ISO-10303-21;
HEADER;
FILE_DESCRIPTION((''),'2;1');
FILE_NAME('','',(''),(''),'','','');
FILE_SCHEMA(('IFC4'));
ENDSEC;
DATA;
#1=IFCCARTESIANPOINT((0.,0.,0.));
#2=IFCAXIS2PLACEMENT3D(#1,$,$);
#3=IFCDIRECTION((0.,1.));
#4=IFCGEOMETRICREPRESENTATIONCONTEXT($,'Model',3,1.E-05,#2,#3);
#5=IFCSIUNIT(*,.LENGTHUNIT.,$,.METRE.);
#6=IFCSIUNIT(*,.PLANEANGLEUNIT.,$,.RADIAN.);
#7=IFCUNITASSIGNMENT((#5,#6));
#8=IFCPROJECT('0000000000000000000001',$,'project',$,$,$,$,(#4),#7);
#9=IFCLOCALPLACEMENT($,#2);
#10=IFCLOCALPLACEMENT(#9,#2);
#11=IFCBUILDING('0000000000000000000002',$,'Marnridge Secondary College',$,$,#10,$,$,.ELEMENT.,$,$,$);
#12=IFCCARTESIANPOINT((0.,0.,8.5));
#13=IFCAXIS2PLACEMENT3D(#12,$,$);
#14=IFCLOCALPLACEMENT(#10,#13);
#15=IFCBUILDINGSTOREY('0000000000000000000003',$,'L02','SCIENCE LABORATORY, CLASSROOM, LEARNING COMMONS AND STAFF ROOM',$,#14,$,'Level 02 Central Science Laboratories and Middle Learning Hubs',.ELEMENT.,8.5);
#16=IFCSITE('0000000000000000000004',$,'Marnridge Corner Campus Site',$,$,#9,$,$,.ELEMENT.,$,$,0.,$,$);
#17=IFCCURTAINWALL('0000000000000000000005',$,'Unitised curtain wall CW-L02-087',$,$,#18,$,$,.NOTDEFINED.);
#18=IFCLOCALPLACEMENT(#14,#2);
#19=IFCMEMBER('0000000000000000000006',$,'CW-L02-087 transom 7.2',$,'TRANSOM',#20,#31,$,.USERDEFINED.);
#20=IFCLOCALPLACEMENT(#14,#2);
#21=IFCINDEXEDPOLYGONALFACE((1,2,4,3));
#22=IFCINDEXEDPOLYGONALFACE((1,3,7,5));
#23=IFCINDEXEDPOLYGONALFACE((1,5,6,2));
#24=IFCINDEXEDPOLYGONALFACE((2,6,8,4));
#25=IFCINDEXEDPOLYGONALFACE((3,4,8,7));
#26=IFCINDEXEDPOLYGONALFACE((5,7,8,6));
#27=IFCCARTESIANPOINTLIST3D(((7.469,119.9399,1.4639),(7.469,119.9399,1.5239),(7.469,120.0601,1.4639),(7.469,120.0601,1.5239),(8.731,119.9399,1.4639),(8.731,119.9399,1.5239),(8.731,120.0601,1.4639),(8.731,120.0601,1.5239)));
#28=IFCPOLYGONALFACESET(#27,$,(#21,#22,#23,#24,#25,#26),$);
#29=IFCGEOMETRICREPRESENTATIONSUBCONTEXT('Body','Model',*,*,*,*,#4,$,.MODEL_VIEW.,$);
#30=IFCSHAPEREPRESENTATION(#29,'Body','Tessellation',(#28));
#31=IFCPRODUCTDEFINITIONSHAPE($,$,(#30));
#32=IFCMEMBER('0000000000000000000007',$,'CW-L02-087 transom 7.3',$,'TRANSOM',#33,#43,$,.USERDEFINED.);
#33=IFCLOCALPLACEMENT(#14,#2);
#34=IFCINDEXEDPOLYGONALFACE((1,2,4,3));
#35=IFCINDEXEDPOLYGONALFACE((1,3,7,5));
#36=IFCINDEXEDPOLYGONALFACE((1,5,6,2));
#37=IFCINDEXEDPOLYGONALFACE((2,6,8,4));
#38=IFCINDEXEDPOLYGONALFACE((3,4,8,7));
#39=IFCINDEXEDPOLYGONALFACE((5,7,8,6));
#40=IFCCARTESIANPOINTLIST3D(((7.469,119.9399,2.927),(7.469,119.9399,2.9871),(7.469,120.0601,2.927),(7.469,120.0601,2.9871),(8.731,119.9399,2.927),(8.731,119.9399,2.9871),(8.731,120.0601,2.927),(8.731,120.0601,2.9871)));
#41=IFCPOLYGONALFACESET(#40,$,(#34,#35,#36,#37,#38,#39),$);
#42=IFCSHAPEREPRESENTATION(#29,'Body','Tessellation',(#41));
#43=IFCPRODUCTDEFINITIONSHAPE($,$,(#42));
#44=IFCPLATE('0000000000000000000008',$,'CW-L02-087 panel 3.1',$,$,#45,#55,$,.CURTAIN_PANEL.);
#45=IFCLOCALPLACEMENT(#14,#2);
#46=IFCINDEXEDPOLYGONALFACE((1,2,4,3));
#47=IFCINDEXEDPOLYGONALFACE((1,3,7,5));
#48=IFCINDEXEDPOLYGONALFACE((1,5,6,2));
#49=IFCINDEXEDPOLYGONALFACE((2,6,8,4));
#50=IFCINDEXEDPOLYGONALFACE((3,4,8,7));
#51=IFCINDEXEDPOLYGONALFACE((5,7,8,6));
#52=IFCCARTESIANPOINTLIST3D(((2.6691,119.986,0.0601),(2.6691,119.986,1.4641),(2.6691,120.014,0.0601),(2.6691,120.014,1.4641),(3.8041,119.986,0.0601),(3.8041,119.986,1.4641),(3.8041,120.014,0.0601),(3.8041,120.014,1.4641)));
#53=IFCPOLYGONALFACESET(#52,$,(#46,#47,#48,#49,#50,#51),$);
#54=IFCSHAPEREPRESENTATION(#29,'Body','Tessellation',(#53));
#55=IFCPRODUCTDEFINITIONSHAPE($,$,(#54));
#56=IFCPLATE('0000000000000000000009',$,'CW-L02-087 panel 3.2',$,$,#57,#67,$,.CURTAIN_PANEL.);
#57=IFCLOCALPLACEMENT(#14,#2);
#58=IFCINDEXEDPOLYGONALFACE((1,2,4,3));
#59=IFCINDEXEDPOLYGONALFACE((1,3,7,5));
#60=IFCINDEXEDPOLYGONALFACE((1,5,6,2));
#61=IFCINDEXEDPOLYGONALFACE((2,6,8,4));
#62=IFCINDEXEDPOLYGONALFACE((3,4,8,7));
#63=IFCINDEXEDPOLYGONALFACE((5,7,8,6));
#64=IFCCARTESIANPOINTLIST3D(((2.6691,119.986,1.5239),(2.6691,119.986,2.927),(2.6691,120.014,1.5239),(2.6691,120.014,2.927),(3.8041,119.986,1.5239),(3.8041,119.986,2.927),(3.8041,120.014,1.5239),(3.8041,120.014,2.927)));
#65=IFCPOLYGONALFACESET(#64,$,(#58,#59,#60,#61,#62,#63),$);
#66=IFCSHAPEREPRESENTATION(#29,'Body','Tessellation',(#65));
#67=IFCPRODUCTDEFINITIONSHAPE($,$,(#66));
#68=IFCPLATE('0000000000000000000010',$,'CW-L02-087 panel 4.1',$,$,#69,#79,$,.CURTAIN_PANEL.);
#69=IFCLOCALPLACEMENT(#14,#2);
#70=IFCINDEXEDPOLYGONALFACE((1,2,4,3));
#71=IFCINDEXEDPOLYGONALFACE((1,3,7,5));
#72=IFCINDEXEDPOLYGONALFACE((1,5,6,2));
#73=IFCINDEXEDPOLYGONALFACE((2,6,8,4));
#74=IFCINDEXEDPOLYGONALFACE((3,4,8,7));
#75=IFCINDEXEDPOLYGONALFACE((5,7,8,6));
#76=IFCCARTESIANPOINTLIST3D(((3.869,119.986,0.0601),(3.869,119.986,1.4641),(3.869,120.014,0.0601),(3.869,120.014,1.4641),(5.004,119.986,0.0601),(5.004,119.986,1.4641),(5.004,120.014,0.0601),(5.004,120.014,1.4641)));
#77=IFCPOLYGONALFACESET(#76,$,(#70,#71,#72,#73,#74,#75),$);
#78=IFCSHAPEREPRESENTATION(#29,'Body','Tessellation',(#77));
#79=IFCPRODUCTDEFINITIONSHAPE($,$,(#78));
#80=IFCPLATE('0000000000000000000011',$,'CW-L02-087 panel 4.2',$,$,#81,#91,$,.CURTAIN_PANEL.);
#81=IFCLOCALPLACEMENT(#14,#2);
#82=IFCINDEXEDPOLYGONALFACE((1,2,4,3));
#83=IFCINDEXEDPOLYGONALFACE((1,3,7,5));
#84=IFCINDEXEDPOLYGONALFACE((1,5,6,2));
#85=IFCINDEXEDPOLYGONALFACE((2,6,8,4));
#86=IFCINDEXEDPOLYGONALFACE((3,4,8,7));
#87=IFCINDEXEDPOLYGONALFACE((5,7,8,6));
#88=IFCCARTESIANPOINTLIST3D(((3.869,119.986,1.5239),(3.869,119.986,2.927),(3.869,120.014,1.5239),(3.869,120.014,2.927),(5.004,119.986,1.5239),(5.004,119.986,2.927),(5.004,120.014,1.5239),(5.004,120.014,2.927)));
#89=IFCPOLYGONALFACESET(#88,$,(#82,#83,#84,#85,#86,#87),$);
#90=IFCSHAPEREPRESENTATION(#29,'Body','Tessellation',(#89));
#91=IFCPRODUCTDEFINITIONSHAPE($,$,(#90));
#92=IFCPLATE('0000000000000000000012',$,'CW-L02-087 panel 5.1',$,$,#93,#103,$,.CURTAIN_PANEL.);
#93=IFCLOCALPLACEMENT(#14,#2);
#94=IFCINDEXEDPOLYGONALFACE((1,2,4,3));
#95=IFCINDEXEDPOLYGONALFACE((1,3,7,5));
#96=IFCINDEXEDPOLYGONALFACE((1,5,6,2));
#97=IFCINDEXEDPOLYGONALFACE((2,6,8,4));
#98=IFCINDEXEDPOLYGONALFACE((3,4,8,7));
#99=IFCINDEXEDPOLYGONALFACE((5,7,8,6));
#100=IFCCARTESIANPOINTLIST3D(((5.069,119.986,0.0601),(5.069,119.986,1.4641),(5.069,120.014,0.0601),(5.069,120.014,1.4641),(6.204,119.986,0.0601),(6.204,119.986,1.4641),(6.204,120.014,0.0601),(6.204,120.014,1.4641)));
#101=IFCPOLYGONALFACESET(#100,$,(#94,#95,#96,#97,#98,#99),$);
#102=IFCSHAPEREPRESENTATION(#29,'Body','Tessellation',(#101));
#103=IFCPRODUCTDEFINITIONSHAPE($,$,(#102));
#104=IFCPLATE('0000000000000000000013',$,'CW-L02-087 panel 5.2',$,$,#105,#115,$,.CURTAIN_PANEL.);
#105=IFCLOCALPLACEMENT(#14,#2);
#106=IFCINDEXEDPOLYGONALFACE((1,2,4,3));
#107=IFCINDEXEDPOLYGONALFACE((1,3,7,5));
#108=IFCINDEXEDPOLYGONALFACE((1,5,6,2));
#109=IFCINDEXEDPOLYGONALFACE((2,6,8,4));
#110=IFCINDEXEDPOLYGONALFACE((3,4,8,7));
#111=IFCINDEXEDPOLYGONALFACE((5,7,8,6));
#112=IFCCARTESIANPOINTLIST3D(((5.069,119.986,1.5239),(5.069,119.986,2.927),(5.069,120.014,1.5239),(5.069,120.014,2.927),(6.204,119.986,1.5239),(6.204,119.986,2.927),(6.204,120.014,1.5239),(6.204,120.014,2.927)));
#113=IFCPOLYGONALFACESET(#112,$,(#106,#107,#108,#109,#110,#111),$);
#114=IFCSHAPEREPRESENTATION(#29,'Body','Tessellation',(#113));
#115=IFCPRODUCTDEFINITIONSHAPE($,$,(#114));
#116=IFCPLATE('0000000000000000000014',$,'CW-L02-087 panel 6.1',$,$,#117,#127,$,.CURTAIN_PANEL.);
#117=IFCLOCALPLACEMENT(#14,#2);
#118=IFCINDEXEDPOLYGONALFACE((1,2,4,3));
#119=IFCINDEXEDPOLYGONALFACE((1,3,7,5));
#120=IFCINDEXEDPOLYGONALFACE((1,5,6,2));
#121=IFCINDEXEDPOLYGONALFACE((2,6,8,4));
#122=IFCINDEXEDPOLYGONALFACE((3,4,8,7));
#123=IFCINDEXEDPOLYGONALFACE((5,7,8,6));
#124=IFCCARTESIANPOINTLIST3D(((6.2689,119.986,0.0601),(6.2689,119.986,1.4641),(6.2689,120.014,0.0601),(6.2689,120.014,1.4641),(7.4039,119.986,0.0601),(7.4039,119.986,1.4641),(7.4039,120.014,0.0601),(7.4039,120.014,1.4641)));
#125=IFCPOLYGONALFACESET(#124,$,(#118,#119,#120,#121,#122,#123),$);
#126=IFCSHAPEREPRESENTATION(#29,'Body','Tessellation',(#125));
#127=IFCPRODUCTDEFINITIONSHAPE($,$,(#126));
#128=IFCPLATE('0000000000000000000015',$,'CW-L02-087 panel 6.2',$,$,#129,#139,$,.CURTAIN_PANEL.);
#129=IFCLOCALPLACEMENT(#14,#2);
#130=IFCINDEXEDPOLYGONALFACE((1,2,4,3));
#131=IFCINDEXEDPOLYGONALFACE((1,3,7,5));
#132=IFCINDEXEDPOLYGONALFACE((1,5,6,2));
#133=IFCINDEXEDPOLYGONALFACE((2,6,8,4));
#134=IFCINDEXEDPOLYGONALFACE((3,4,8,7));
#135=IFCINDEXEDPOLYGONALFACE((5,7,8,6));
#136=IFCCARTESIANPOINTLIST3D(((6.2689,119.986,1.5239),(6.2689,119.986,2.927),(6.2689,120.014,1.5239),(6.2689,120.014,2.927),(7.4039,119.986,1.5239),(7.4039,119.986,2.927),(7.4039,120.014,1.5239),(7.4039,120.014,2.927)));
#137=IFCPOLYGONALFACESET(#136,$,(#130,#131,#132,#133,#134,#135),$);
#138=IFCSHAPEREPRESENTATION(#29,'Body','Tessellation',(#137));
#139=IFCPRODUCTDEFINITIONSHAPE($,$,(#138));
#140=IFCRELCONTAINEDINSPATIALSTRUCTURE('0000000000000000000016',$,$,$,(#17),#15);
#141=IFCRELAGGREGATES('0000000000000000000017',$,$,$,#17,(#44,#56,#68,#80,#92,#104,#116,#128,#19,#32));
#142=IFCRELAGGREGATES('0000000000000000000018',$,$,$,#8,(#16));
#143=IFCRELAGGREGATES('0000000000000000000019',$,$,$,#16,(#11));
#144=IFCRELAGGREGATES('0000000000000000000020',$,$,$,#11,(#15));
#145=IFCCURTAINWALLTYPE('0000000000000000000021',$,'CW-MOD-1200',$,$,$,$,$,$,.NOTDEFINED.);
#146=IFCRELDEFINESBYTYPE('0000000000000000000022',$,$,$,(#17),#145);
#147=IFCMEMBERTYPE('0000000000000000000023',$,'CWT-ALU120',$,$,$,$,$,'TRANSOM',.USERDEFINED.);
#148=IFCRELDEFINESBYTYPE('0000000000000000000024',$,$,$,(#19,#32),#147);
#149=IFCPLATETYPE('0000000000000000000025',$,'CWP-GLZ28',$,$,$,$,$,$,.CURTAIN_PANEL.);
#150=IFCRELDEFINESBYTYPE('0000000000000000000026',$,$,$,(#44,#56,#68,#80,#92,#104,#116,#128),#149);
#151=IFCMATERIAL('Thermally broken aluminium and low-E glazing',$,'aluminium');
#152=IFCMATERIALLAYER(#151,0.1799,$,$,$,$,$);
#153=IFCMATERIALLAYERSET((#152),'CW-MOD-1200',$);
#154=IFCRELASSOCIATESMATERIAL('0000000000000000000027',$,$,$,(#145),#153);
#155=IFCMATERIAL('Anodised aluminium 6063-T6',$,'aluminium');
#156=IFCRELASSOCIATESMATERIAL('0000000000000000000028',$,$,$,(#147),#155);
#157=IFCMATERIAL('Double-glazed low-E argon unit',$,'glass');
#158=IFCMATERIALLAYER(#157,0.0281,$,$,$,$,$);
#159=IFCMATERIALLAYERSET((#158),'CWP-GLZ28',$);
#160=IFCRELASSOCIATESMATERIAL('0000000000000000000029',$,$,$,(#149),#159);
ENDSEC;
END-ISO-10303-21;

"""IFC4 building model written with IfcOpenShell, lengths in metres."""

from ifc_helpers import new_model, si_unit, direction, frame, origin, origin_2d, place, context, subcontext, project, spatial, rectangle, extrude, material, layer, layer_set, material_profile, profile_set, type_object, element, aggregate, save


model = new_model("IFC4")

# Units and contexts
model_context = context("Model", 3, precision=1e-05, world=origin(), true_north=direction((0.0, 1.0)))
body_context = subcontext(model_context, "Body", "Model", "MODEL_VIEW")
ifc_project = project(units=[si_unit("LENGTHUNIT", "METRE"), si_unit("PLANEANGLEUNIT", "RADIAN")], contexts=[model_context])

# Site, building, storey
site_placement = place(None, origin())
site = spatial("IfcSite", under=ifc_project, at=site_placement, Name="Marnridge Corner Campus Site", CompositionType="ELEMENT", RefElevation=0.0)
building_placement = place(site_placement, origin())
building = spatial("IfcBuilding", under=site, at=building_placement, Name="Marnridge Secondary College", CompositionType="ELEMENT")
storey_placement = place(building_placement, frame((0.0, 0.0, 8.5)))
storey = spatial("IfcBuildingStorey", under=building, at=storey_placement, Name="L02", Description="SCIENCE LABORATORY, CLASSROOM, LEARNING COMMONS AND STAFF ROOM", LongName="Level 02 Central Science Laboratories and Middle Learning Hubs", CompositionType="ELEMENT", Elevation=8.5)

# Curtain wall, members, plates
ifc_material_1 = material(Name="Thermally broken aluminium and low-E glazing", Category="aluminium")
ifc_layer_1 = layer(ifc_material_1, 0.1799)
ifc_layer_set_1 = layer_set([ifc_layer_1], Name="CW-MOD-1200")
curtain_wall_type = type_object("IfcCurtainWallType", Name="CW-MOD-1200", PredefinedType="NOTDEFINED", material=ifc_layer_set_1)
curtain_wall_placement = place(storey_placement, origin())
curtain_wall = element("IfcCurtainWall", 1, at=curtain_wall_placement, inside=storey, type_object=curtain_wall_type, Name="Unitised curtain wall CW-L02-087", PredefinedType="NOTDEFINED")
ifc_material_2 = material(Name="Anodised aluminium 6063-T6", Category="aluminium")
ifc_material_profile_1 = material_profile(ifc_material_2, rectangle(XDim=0.0601, YDim=0.1201, at=origin_2d()), Name="ALU 60x120")
ifc_profile_set_1 = profile_set([ifc_material_profile_1], Name="Anodised aluminium 6063-T6")
member_type_1 = type_object("IfcMemberType", Name="CWT-ALU120", ElementType="TRANSOM", PredefinedType="USERDEFINED", material=ifc_profile_set_1)
member_1_placement = place(storey_placement, frame((7.469, 120.0, 1.4939), z_axis=(1.0, 0.0, 0.0), x_axis=(0.0, 0.0, 1.0)))
member_1 = element("IfcMember", 2, at=member_1_placement, type_object=member_type_1, Name="CW-L02-087 transom 7.2", ObjectType="TRANSOM", PredefinedType="USERDEFINED", context=body_context, shape_type="SweptSolid", body=[
    extrude(rectangle(XDim=0.0601, YDim=0.1201, at=origin_2d()), origin(), (0.0, 0.0, 1.0), 1.262),
])
member_2_placement = place(storey_placement, frame((7.469, 120.0, 2.957), z_axis=(1.0, 0.0, 0.0), x_axis=(0.0, 0.0, 1.0)))
member_2 = element("IfcMember", 3, at=member_2_placement, type_object=member_type_1, Name="CW-L02-087 transom 7.3", ObjectType="TRANSOM", PredefinedType="USERDEFINED", context=body_context, shape_type="SweptSolid", body=[
    extrude(rectangle(XDim=0.0601, YDim=0.1201, at=origin_2d()), origin(), (0.0, 0.0, 1.0), 1.262),
])
ifc_material_3 = material(Name="Double-glazed low-E argon unit", Category="glass")
ifc_layer_2 = layer(ifc_material_3, 0.0281)
ifc_layer_set_2 = layer_set([ifc_layer_2], Name="CWP-GLZ28")
plate_type = type_object("IfcPlateType", Name="CWP-GLZ28", PredefinedType="CURTAIN_PANEL", material=ifc_layer_set_2)
plate_1_placement = place(storey_placement, frame((3.2366, 120.0, 0.0601), z_axis=(0.0, 0.0, 1.0), x_axis=(1.0, 0.0, 0.0)))
plate_1 = element("IfcPlate", 4, at=plate_1_placement, type_object=plate_type, Name="CW-L02-087 panel 3.1", PredefinedType="CURTAIN_PANEL", context=body_context, shape_type="SweptSolid", body=[
    extrude(rectangle(XDim=1.135, YDim=0.0281, at=origin_2d()), origin(), (0.0, 0.0, 1.0), 1.4041),
])
plate_2_placement = place(storey_placement, frame((3.2366, 120.0, 1.5239), z_axis=(0.0, 0.0, 1.0), x_axis=(1.0, 0.0, 0.0)))
plate_2 = element("IfcPlate", 5, at=plate_2_placement, type_object=plate_type, Name="CW-L02-087 panel 3.2", PredefinedType="CURTAIN_PANEL", context=body_context, shape_type="SweptSolid", body=[
    extrude(rectangle(XDim=1.135, YDim=0.0281, at=origin_2d()), origin(), (0.0, 0.0, 1.0), 1.4031),
])
plate_3_placement = place(storey_placement, frame((4.4365, 120.0, 0.0601), z_axis=(0.0, 0.0, 1.0), x_axis=(1.0, 0.0, 0.0)))
plate_3 = element("IfcPlate", 6, at=plate_3_placement, type_object=plate_type, Name="CW-L02-087 panel 4.1", PredefinedType="CURTAIN_PANEL", context=body_context, shape_type="SweptSolid", body=[
    extrude(rectangle(XDim=1.135, YDim=0.0281, at=origin_2d()), origin(), (0.0, 0.0, 1.0), 1.4041),
])
plate_4_placement = place(storey_placement, frame((4.4365, 120.0, 1.5239), z_axis=(0.0, 0.0, 1.0), x_axis=(1.0, 0.0, 0.0)))
plate_4 = element("IfcPlate", 7, at=plate_4_placement, type_object=plate_type, Name="CW-L02-087 panel 4.2", PredefinedType="CURTAIN_PANEL", context=body_context, shape_type="SweptSolid", body=[
    extrude(rectangle(XDim=1.135, YDim=0.0281, at=origin_2d()), origin(), (0.0, 0.0, 1.0), 1.4031),
])
plate_5_placement = place(storey_placement, frame((5.6365, 120.0, 0.0601), z_axis=(0.0, 0.0, 1.0), x_axis=(1.0, 0.0, 0.0)))
plate_5 = element("IfcPlate", 8, at=plate_5_placement, type_object=plate_type, Name="CW-L02-087 panel 5.1", PredefinedType="CURTAIN_PANEL", context=body_context, shape_type="SweptSolid", body=[
    extrude(rectangle(XDim=1.135, YDim=0.0281, at=origin_2d()), origin(), (0.0, 0.0, 1.0), 1.4041),
])
plate_6_placement = place(storey_placement, frame((5.6365, 120.0, 1.5239), z_axis=(0.0, 0.0, 1.0), x_axis=(1.0, 0.0, 0.0)))
plate_6 = element("IfcPlate", 9, at=plate_6_placement, type_object=plate_type, Name="CW-L02-087 panel 5.2", PredefinedType="CURTAIN_PANEL", context=body_context, shape_type="SweptSolid", body=[
    extrude(rectangle(XDim=1.135, YDim=0.0281, at=origin_2d()), origin(), (0.0, 0.0, 1.0), 1.4031),
])
plate_7_placement = place(storey_placement, frame((6.8364, 120.0, 0.0601), z_axis=(0.0, 0.0, 1.0), x_axis=(1.0, 0.0, 0.0)))
plate_7 = element("IfcPlate", 10, at=plate_7_placement, type_object=plate_type, Name="CW-L02-087 panel 6.1", PredefinedType="CURTAIN_PANEL", context=body_context, shape_type="SweptSolid", body=[
    extrude(rectangle(XDim=1.135, YDim=0.0281, at=origin_2d()), origin(), (0.0, 0.0, 1.0), 1.4041),
])
plate_8_placement = place(storey_placement, frame((6.8364, 120.0, 1.5239), z_axis=(0.0, 0.0, 1.0), x_axis=(1.0, 0.0, 0.0)))
plate_8 = element("IfcPlate", 11, at=plate_8_placement, type_object=plate_type, Name="CW-L02-087 panel 6.2", PredefinedType="CURTAIN_PANEL", context=body_context, shape_type="SweptSolid", body=[
    extrude(rectangle(XDim=1.135, YDim=0.0281, at=origin_2d()), origin(), (0.0, 0.0, 1.0), 1.4031),
])
aggregate(curtain_wall, [plate_1, plate_2, plate_3, plate_4, plate_5, plate_6, plate_7, plate_8, member_1, member_2])

save(model, "model.ifc")
